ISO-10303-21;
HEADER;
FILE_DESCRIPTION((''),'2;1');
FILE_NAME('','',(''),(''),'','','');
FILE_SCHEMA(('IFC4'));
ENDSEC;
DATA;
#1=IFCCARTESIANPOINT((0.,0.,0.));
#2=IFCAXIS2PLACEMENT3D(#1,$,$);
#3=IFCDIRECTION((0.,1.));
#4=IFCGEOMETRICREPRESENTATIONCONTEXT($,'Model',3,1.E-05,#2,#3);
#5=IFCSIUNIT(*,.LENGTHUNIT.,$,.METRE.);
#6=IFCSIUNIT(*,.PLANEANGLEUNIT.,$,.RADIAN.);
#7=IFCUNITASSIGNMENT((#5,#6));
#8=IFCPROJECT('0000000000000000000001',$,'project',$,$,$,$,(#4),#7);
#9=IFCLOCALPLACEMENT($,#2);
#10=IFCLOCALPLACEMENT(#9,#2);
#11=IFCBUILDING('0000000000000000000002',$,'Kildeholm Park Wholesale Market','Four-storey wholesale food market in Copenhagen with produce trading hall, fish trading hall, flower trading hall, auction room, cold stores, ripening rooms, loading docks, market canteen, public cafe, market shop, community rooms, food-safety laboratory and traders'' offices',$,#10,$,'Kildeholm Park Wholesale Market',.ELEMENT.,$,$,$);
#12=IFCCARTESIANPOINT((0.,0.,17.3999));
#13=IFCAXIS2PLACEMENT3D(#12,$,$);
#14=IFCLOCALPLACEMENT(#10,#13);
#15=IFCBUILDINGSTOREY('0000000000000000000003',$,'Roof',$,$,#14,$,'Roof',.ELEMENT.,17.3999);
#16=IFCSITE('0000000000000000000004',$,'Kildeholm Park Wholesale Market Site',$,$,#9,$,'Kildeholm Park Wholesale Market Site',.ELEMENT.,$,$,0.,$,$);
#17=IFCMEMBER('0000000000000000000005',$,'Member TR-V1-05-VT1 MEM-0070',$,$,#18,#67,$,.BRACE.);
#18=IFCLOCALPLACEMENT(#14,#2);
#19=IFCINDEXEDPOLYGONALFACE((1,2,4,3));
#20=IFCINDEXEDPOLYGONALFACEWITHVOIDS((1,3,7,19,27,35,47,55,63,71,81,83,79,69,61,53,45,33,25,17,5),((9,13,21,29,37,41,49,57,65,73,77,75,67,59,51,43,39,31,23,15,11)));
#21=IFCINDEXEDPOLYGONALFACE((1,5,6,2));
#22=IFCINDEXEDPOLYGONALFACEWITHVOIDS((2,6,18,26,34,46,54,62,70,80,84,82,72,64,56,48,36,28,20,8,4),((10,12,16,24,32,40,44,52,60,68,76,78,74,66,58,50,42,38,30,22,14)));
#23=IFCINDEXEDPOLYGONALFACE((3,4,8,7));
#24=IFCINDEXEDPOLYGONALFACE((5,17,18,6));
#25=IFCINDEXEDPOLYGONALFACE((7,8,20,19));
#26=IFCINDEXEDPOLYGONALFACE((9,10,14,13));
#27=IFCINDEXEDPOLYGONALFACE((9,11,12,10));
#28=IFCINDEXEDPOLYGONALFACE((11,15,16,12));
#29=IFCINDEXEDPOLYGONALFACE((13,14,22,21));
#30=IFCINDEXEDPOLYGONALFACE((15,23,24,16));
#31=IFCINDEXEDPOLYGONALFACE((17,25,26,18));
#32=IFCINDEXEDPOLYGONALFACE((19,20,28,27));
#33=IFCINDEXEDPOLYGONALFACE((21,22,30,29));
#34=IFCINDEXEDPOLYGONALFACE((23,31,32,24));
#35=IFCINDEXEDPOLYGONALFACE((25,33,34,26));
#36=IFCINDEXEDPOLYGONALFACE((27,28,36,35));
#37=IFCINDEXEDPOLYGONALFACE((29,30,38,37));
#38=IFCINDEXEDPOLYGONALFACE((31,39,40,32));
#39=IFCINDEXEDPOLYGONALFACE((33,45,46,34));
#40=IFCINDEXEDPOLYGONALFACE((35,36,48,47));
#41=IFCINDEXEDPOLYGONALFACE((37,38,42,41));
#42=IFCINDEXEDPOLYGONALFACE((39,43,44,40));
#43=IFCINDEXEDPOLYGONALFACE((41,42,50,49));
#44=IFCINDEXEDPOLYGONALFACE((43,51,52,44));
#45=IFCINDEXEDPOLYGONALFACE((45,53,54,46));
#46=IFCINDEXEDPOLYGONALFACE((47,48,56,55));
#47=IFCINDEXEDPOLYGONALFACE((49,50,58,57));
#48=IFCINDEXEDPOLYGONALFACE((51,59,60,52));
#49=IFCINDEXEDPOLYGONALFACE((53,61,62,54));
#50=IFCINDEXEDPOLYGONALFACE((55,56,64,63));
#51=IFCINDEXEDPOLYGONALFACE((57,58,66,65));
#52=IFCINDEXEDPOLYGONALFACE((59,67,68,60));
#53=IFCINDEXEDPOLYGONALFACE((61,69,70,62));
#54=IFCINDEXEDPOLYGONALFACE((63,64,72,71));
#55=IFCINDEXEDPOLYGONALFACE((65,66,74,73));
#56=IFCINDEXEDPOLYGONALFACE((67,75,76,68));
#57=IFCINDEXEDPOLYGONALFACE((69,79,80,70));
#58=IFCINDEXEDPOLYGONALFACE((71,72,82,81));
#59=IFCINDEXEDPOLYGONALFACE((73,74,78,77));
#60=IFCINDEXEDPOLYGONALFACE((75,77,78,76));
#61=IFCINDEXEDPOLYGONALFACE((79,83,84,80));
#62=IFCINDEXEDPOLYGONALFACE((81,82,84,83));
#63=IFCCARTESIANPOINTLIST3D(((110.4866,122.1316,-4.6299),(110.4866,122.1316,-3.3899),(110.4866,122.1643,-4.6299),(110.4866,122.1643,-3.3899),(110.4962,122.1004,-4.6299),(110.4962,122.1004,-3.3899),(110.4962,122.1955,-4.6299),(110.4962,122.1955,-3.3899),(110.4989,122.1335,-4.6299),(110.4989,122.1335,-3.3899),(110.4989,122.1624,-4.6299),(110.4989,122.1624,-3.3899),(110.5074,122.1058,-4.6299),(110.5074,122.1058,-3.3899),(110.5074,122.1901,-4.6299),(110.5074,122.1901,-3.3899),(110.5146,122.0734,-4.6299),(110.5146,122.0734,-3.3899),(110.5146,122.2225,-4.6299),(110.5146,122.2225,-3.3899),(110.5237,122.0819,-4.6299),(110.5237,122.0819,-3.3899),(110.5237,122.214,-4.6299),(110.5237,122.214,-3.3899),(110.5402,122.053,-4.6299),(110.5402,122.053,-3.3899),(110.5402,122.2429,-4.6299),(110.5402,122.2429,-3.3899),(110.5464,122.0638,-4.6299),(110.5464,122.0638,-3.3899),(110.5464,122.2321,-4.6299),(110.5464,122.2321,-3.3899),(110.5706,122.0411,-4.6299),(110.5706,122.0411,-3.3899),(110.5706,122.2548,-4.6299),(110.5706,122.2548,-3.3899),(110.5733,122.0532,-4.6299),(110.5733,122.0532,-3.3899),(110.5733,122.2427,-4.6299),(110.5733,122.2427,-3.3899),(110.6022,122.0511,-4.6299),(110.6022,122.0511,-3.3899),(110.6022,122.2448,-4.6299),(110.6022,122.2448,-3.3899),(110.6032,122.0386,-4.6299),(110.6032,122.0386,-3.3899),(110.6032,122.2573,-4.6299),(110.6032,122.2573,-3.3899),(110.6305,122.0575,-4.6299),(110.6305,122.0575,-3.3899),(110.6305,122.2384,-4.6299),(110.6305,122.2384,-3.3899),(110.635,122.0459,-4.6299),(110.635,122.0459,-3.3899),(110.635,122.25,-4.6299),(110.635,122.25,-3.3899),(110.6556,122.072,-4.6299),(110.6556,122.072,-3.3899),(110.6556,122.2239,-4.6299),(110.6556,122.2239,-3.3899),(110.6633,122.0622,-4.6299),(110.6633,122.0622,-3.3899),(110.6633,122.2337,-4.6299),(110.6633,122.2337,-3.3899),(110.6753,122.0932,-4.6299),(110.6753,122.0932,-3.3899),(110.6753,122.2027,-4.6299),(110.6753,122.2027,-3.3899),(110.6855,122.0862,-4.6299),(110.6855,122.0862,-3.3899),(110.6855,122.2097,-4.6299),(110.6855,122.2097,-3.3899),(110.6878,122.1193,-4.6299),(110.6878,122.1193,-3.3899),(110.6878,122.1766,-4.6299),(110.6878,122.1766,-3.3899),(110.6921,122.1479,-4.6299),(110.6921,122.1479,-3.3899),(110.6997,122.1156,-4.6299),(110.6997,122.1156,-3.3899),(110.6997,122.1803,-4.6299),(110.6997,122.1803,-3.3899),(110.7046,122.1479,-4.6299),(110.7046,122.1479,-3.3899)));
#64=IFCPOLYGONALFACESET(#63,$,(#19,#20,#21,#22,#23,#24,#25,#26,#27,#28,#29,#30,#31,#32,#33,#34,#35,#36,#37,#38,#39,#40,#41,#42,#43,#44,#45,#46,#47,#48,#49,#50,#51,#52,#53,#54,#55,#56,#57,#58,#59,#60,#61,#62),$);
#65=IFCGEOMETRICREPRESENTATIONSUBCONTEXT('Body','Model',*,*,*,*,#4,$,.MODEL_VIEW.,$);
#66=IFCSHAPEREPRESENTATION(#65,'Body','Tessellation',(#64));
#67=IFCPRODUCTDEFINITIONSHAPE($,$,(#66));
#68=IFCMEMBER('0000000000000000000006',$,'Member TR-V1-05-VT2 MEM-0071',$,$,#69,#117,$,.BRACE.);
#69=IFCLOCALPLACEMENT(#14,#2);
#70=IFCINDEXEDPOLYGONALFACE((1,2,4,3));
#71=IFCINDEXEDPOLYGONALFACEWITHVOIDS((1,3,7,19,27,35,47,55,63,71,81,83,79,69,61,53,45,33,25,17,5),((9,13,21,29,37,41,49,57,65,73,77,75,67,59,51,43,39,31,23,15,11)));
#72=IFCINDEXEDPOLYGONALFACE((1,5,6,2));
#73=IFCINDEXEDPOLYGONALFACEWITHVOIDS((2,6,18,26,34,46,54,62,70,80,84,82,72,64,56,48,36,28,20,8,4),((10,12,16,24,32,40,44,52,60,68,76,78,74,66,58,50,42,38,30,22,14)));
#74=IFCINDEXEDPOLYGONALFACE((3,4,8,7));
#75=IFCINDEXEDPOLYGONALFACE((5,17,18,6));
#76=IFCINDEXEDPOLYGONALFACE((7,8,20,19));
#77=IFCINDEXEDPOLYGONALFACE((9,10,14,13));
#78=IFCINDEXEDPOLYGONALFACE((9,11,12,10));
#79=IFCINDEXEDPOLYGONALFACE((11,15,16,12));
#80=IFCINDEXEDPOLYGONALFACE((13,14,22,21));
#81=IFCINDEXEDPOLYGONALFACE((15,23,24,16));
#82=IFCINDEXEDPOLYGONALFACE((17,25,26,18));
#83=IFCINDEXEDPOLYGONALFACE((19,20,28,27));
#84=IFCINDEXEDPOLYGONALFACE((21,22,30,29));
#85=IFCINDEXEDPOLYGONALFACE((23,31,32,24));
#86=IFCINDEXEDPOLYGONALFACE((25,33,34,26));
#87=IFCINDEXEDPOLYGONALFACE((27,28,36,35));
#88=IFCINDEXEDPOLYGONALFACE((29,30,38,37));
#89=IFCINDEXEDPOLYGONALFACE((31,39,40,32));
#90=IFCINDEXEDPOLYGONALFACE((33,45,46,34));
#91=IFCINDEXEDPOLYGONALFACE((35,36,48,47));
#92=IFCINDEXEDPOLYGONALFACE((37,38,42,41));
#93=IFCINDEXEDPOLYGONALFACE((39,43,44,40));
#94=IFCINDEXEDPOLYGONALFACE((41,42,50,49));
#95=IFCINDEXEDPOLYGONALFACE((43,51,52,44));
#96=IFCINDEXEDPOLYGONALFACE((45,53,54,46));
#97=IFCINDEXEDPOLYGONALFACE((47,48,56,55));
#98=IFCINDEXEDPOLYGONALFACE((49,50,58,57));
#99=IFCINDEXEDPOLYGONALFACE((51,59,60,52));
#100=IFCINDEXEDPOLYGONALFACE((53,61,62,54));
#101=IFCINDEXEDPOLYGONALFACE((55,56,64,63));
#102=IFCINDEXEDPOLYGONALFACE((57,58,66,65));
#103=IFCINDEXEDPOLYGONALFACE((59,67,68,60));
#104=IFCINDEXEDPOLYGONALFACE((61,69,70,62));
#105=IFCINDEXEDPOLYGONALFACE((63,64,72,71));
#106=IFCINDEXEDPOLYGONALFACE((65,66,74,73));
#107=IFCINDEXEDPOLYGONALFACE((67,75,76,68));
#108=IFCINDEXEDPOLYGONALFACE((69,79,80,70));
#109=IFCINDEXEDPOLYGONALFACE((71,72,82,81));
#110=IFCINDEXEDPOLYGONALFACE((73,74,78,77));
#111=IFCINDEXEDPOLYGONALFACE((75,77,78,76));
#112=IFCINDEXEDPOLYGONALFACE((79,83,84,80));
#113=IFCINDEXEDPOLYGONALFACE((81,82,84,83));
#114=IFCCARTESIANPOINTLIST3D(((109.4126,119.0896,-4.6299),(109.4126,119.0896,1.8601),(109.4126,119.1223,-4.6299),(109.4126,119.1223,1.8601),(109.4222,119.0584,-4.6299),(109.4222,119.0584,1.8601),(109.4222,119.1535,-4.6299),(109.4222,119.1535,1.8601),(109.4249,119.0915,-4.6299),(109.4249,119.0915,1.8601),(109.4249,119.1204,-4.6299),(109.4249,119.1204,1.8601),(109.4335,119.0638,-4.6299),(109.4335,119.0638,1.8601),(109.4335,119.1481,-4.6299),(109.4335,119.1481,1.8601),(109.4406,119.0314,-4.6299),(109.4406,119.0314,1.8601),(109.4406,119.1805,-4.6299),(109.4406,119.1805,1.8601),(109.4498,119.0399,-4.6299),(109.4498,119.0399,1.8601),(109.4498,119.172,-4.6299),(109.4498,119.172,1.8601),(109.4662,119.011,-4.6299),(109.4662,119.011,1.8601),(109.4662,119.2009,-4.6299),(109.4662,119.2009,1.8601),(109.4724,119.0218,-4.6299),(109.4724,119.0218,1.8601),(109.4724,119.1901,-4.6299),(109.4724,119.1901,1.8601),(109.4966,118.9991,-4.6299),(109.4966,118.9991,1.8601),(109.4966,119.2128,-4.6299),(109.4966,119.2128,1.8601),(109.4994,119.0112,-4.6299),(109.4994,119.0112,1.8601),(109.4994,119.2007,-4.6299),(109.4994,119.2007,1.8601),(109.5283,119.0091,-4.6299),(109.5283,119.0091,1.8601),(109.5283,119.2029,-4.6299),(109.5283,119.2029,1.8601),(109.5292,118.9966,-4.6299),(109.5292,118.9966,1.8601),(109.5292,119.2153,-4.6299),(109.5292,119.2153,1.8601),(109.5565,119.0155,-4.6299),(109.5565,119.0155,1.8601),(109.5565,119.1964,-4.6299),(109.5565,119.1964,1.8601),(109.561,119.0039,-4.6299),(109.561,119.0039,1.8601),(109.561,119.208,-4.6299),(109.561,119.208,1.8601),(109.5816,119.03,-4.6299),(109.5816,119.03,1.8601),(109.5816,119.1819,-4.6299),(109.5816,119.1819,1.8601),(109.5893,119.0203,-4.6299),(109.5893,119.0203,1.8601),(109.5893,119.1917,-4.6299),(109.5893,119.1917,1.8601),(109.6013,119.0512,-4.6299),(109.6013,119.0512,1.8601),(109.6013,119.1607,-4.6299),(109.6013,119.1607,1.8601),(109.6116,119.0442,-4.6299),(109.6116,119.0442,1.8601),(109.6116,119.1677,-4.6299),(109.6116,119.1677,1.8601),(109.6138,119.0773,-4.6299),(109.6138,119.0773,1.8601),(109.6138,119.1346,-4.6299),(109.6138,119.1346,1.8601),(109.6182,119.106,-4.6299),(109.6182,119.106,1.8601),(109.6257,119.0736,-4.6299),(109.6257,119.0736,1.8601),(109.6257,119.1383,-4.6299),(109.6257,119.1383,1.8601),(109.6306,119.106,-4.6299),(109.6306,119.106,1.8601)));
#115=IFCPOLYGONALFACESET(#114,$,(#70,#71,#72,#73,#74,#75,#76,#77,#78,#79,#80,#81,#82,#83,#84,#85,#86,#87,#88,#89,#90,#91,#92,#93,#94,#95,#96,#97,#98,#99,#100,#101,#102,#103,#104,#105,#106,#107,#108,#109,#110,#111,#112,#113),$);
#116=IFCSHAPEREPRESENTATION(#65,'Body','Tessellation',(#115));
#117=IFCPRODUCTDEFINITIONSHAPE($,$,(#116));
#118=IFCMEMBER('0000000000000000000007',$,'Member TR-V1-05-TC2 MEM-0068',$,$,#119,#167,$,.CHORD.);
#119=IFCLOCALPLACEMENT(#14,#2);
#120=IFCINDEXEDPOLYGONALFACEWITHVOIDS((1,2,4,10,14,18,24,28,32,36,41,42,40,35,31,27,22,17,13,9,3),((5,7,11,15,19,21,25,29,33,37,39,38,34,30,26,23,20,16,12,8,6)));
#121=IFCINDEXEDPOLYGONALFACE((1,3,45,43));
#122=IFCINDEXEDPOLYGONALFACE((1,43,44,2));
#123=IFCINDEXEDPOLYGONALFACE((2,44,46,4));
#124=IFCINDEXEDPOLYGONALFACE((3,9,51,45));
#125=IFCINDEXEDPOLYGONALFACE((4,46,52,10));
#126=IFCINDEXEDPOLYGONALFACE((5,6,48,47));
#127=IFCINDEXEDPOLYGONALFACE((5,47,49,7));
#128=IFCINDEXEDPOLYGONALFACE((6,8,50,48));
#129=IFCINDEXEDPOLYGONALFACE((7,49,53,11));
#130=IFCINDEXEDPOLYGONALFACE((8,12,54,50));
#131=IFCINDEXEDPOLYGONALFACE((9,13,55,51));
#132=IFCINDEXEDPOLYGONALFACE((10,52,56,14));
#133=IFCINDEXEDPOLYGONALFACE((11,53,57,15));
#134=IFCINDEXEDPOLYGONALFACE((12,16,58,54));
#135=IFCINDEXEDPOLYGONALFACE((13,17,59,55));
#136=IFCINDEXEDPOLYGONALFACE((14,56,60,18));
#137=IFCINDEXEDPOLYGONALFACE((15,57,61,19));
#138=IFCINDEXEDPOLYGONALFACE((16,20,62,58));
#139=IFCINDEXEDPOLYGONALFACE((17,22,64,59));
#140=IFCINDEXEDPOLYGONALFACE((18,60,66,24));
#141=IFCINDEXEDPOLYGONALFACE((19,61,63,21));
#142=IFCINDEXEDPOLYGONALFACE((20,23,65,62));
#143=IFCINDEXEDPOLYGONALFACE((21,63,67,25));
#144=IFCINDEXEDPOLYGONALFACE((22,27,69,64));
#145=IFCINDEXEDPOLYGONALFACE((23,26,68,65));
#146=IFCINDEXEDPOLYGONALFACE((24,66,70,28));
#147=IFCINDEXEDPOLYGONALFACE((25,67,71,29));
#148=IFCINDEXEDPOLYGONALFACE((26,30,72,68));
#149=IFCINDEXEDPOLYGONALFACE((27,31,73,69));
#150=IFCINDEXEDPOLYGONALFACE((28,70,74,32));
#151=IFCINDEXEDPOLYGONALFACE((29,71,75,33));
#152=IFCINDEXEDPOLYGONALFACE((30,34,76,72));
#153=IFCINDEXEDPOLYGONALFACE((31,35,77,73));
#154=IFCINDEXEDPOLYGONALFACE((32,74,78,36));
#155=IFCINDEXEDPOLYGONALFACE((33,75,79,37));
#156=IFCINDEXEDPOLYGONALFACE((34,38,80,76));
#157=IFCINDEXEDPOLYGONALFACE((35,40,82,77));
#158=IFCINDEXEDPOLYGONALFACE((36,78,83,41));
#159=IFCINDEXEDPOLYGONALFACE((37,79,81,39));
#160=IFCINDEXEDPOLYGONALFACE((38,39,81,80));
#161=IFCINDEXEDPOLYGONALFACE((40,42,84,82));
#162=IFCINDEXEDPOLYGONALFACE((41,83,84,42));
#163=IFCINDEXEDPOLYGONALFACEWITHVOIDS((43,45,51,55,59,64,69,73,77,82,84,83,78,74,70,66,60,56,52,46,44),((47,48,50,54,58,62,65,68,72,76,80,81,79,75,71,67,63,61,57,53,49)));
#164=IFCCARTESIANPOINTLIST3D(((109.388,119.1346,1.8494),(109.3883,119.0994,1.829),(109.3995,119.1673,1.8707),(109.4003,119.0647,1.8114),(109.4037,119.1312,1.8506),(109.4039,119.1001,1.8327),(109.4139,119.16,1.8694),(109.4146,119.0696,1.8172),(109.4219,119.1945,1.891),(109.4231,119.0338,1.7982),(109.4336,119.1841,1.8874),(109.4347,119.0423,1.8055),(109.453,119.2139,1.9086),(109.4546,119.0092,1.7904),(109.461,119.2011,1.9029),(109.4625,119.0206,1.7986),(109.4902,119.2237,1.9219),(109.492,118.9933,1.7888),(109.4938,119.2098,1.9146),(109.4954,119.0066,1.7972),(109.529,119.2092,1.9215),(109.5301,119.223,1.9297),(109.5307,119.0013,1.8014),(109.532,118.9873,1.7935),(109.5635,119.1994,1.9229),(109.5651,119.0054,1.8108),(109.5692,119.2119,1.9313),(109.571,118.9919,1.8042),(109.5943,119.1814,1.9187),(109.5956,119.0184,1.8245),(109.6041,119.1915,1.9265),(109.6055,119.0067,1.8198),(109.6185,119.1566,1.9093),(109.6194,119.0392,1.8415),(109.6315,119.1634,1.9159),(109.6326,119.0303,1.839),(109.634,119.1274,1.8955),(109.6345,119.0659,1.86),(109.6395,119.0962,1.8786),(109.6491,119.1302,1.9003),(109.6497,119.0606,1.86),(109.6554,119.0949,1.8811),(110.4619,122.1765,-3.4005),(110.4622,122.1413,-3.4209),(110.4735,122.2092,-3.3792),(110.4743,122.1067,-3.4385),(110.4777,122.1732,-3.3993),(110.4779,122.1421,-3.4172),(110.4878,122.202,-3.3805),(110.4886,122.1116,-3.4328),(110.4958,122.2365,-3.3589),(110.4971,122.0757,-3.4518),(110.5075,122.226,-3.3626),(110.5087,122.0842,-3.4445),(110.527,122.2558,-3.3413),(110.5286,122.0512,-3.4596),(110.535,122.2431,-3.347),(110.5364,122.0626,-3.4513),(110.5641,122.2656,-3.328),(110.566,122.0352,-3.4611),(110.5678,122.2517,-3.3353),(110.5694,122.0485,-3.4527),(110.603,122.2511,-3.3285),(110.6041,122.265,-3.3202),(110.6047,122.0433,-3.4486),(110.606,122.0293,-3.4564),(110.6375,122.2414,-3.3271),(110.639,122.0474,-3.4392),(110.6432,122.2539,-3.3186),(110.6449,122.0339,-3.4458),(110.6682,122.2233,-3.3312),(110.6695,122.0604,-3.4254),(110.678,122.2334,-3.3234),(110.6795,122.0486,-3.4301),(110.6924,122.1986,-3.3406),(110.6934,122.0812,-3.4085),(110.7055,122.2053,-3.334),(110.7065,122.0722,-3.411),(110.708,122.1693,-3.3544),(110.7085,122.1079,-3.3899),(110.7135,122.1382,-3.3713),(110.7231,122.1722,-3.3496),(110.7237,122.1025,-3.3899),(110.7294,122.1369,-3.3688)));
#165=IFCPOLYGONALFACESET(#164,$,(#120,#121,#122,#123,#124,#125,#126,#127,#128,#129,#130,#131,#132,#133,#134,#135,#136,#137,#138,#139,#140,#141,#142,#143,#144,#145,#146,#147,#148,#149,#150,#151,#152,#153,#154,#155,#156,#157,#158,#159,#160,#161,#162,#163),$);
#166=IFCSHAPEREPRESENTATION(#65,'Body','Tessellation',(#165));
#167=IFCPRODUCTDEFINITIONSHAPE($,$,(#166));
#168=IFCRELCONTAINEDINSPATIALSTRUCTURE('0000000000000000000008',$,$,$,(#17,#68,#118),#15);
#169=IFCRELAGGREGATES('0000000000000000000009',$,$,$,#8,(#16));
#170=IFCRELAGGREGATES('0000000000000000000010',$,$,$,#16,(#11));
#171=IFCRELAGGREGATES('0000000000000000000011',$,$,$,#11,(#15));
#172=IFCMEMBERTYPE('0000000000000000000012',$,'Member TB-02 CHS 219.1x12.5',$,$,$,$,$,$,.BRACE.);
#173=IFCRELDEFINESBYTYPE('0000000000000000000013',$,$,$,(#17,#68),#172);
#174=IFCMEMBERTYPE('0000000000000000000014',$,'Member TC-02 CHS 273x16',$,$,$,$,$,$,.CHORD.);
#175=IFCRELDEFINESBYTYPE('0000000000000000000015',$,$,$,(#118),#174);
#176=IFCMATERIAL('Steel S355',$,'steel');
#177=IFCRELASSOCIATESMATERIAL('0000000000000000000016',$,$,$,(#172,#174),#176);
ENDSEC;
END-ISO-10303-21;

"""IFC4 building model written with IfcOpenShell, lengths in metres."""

from ifc_helpers import new_model, si_unit, direction, frame, origin, origin_2d, place, context, subcontext, project, spatial, hollow_circle, extrude, material, material_profile, profile_set, type_object, element, save


model = new_model("IFC4")

# Units and contexts
model_context = context("Model", 3, precision=1e-05, world=origin(), true_north=direction((0.0, 1.0)))
body_context = subcontext(model_context, "Body", "Model", "MODEL_VIEW")
ifc_project = project(units=[si_unit("LENGTHUNIT", "METRE"), si_unit("PLANEANGLEUNIT", "RADIAN")], contexts=[model_context])

# Site, building, storey
site_placement = place(None, origin())
site = spatial("IfcSite", under=ifc_project, at=site_placement, Name="Kildeholm Park Wholesale Market Site", LongName="Kildeholm Park Wholesale Market Site", CompositionType="ELEMENT", RefElevation=0.0)
building_placement = place(site_placement, origin())
building = spatial("IfcBuilding", under=site, at=building_placement, Name="Kildeholm Park Wholesale Market", Description="Four-storey wholesale food market in Copenhagen with produce trading hall, fish trading hall, flower trading hall, auction room, cold stores, ripening rooms, loading docks, market canteen, public cafe, market shop, community rooms, food-safety laboratory and traders' offices", LongName="Kildeholm Park Wholesale Market", CompositionType="ELEMENT")
storey_placement = place(building_placement, frame((0.0, 0.0, 17.3999)))
storey = spatial("IfcBuildingStorey", under=building, at=storey_placement, Name="Roof", LongName="Roof", CompositionType="ELEMENT", Elevation=17.3999)

# Members
ifc_material_1 = material(Name="Steel S355", Category="steel")
ifc_material_profile_1 = material_profile(ifc_material_1, hollow_circle(Radius=0.1096, WallThickness=0.0125, at=origin_2d()), Name="CHS 219.1x12.5")
ifc_profile_set_1 = profile_set([ifc_material_profile_1], Name="Steel S355")
member_type_1 = type_object("IfcMemberType", Name="Member TB-02 CHS 219.1x12.5", PredefinedType="BRACE", material=ifc_profile_set_1)
member_1_placement = place(storey_placement, frame((110.595, 122.1479, -4.6299), z_axis=(0.0, 0.0, 1.0), x_axis=(1.0, 0.0, 0.0)))
element("IfcMember", 1, at=member_1_placement, inside=storey, type_object=member_type_1, Name="Member TR-V1-05-VT1 MEM-0070", PredefinedType="BRACE", context=body_context, shape_type="SweptSolid", body=[
    extrude(hollow_circle(Radius=0.1096, WallThickness=0.0125, at=origin_2d()), origin(), (0.0, 0.0, 1.0), 1.24),
])
member_2_placement = place(storey_placement, frame((109.521, 119.106, -4.6299), z_axis=(0.0, 0.0, 1.0), x_axis=(1.0, 0.0, 0.0)))
element("IfcMember", 2, at=member_2_placement, inside=storey, type_object=member_type_1, Name="Member TR-V1-05-VT2 MEM-0071", PredefinedType="BRACE", context=body_context, shape_type="SweptSolid", body=[
    extrude(hollow_circle(Radius=0.1096, WallThickness=0.0125, at=origin_2d()), origin(), (0.0, 0.0, 1.0), 6.49),
])
ifc_material_profile_2 = material_profile(ifc_material_1, hollow_circle(Radius=0.1365, WallThickness=0.0161, at=origin_2d()), Name="CHS 273x16")
ifc_profile_set_2 = profile_set([ifc_material_profile_2], Name="Steel S355")
member_type_2 = type_object("IfcMemberType", Name="Member TC-02 CHS 273x16", PredefinedType="CHORD", material=ifc_profile_set_2)
member_3_placement = place(storey_placement, frame((110.595, 122.1479, -3.3899), z_axis=(-0.174291, -0.493674, 0.852003), x_axis=(0.942958, -0.332911, 0.0)))
element("IfcMember", 3, at=member_3_placement, inside=storey, type_object=member_type_2, Name="Member TR-V1-05-TC2 MEM-0068", PredefinedType="CHORD", context=body_context, shape_type="SweptSolid", body=[
    extrude(hollow_circle(Radius=0.1365, WallThickness=0.0161, at=origin_2d()), origin(), (0.0, 0.0, 1.0), 6.1619),
])

save(model, "model.ifc")
